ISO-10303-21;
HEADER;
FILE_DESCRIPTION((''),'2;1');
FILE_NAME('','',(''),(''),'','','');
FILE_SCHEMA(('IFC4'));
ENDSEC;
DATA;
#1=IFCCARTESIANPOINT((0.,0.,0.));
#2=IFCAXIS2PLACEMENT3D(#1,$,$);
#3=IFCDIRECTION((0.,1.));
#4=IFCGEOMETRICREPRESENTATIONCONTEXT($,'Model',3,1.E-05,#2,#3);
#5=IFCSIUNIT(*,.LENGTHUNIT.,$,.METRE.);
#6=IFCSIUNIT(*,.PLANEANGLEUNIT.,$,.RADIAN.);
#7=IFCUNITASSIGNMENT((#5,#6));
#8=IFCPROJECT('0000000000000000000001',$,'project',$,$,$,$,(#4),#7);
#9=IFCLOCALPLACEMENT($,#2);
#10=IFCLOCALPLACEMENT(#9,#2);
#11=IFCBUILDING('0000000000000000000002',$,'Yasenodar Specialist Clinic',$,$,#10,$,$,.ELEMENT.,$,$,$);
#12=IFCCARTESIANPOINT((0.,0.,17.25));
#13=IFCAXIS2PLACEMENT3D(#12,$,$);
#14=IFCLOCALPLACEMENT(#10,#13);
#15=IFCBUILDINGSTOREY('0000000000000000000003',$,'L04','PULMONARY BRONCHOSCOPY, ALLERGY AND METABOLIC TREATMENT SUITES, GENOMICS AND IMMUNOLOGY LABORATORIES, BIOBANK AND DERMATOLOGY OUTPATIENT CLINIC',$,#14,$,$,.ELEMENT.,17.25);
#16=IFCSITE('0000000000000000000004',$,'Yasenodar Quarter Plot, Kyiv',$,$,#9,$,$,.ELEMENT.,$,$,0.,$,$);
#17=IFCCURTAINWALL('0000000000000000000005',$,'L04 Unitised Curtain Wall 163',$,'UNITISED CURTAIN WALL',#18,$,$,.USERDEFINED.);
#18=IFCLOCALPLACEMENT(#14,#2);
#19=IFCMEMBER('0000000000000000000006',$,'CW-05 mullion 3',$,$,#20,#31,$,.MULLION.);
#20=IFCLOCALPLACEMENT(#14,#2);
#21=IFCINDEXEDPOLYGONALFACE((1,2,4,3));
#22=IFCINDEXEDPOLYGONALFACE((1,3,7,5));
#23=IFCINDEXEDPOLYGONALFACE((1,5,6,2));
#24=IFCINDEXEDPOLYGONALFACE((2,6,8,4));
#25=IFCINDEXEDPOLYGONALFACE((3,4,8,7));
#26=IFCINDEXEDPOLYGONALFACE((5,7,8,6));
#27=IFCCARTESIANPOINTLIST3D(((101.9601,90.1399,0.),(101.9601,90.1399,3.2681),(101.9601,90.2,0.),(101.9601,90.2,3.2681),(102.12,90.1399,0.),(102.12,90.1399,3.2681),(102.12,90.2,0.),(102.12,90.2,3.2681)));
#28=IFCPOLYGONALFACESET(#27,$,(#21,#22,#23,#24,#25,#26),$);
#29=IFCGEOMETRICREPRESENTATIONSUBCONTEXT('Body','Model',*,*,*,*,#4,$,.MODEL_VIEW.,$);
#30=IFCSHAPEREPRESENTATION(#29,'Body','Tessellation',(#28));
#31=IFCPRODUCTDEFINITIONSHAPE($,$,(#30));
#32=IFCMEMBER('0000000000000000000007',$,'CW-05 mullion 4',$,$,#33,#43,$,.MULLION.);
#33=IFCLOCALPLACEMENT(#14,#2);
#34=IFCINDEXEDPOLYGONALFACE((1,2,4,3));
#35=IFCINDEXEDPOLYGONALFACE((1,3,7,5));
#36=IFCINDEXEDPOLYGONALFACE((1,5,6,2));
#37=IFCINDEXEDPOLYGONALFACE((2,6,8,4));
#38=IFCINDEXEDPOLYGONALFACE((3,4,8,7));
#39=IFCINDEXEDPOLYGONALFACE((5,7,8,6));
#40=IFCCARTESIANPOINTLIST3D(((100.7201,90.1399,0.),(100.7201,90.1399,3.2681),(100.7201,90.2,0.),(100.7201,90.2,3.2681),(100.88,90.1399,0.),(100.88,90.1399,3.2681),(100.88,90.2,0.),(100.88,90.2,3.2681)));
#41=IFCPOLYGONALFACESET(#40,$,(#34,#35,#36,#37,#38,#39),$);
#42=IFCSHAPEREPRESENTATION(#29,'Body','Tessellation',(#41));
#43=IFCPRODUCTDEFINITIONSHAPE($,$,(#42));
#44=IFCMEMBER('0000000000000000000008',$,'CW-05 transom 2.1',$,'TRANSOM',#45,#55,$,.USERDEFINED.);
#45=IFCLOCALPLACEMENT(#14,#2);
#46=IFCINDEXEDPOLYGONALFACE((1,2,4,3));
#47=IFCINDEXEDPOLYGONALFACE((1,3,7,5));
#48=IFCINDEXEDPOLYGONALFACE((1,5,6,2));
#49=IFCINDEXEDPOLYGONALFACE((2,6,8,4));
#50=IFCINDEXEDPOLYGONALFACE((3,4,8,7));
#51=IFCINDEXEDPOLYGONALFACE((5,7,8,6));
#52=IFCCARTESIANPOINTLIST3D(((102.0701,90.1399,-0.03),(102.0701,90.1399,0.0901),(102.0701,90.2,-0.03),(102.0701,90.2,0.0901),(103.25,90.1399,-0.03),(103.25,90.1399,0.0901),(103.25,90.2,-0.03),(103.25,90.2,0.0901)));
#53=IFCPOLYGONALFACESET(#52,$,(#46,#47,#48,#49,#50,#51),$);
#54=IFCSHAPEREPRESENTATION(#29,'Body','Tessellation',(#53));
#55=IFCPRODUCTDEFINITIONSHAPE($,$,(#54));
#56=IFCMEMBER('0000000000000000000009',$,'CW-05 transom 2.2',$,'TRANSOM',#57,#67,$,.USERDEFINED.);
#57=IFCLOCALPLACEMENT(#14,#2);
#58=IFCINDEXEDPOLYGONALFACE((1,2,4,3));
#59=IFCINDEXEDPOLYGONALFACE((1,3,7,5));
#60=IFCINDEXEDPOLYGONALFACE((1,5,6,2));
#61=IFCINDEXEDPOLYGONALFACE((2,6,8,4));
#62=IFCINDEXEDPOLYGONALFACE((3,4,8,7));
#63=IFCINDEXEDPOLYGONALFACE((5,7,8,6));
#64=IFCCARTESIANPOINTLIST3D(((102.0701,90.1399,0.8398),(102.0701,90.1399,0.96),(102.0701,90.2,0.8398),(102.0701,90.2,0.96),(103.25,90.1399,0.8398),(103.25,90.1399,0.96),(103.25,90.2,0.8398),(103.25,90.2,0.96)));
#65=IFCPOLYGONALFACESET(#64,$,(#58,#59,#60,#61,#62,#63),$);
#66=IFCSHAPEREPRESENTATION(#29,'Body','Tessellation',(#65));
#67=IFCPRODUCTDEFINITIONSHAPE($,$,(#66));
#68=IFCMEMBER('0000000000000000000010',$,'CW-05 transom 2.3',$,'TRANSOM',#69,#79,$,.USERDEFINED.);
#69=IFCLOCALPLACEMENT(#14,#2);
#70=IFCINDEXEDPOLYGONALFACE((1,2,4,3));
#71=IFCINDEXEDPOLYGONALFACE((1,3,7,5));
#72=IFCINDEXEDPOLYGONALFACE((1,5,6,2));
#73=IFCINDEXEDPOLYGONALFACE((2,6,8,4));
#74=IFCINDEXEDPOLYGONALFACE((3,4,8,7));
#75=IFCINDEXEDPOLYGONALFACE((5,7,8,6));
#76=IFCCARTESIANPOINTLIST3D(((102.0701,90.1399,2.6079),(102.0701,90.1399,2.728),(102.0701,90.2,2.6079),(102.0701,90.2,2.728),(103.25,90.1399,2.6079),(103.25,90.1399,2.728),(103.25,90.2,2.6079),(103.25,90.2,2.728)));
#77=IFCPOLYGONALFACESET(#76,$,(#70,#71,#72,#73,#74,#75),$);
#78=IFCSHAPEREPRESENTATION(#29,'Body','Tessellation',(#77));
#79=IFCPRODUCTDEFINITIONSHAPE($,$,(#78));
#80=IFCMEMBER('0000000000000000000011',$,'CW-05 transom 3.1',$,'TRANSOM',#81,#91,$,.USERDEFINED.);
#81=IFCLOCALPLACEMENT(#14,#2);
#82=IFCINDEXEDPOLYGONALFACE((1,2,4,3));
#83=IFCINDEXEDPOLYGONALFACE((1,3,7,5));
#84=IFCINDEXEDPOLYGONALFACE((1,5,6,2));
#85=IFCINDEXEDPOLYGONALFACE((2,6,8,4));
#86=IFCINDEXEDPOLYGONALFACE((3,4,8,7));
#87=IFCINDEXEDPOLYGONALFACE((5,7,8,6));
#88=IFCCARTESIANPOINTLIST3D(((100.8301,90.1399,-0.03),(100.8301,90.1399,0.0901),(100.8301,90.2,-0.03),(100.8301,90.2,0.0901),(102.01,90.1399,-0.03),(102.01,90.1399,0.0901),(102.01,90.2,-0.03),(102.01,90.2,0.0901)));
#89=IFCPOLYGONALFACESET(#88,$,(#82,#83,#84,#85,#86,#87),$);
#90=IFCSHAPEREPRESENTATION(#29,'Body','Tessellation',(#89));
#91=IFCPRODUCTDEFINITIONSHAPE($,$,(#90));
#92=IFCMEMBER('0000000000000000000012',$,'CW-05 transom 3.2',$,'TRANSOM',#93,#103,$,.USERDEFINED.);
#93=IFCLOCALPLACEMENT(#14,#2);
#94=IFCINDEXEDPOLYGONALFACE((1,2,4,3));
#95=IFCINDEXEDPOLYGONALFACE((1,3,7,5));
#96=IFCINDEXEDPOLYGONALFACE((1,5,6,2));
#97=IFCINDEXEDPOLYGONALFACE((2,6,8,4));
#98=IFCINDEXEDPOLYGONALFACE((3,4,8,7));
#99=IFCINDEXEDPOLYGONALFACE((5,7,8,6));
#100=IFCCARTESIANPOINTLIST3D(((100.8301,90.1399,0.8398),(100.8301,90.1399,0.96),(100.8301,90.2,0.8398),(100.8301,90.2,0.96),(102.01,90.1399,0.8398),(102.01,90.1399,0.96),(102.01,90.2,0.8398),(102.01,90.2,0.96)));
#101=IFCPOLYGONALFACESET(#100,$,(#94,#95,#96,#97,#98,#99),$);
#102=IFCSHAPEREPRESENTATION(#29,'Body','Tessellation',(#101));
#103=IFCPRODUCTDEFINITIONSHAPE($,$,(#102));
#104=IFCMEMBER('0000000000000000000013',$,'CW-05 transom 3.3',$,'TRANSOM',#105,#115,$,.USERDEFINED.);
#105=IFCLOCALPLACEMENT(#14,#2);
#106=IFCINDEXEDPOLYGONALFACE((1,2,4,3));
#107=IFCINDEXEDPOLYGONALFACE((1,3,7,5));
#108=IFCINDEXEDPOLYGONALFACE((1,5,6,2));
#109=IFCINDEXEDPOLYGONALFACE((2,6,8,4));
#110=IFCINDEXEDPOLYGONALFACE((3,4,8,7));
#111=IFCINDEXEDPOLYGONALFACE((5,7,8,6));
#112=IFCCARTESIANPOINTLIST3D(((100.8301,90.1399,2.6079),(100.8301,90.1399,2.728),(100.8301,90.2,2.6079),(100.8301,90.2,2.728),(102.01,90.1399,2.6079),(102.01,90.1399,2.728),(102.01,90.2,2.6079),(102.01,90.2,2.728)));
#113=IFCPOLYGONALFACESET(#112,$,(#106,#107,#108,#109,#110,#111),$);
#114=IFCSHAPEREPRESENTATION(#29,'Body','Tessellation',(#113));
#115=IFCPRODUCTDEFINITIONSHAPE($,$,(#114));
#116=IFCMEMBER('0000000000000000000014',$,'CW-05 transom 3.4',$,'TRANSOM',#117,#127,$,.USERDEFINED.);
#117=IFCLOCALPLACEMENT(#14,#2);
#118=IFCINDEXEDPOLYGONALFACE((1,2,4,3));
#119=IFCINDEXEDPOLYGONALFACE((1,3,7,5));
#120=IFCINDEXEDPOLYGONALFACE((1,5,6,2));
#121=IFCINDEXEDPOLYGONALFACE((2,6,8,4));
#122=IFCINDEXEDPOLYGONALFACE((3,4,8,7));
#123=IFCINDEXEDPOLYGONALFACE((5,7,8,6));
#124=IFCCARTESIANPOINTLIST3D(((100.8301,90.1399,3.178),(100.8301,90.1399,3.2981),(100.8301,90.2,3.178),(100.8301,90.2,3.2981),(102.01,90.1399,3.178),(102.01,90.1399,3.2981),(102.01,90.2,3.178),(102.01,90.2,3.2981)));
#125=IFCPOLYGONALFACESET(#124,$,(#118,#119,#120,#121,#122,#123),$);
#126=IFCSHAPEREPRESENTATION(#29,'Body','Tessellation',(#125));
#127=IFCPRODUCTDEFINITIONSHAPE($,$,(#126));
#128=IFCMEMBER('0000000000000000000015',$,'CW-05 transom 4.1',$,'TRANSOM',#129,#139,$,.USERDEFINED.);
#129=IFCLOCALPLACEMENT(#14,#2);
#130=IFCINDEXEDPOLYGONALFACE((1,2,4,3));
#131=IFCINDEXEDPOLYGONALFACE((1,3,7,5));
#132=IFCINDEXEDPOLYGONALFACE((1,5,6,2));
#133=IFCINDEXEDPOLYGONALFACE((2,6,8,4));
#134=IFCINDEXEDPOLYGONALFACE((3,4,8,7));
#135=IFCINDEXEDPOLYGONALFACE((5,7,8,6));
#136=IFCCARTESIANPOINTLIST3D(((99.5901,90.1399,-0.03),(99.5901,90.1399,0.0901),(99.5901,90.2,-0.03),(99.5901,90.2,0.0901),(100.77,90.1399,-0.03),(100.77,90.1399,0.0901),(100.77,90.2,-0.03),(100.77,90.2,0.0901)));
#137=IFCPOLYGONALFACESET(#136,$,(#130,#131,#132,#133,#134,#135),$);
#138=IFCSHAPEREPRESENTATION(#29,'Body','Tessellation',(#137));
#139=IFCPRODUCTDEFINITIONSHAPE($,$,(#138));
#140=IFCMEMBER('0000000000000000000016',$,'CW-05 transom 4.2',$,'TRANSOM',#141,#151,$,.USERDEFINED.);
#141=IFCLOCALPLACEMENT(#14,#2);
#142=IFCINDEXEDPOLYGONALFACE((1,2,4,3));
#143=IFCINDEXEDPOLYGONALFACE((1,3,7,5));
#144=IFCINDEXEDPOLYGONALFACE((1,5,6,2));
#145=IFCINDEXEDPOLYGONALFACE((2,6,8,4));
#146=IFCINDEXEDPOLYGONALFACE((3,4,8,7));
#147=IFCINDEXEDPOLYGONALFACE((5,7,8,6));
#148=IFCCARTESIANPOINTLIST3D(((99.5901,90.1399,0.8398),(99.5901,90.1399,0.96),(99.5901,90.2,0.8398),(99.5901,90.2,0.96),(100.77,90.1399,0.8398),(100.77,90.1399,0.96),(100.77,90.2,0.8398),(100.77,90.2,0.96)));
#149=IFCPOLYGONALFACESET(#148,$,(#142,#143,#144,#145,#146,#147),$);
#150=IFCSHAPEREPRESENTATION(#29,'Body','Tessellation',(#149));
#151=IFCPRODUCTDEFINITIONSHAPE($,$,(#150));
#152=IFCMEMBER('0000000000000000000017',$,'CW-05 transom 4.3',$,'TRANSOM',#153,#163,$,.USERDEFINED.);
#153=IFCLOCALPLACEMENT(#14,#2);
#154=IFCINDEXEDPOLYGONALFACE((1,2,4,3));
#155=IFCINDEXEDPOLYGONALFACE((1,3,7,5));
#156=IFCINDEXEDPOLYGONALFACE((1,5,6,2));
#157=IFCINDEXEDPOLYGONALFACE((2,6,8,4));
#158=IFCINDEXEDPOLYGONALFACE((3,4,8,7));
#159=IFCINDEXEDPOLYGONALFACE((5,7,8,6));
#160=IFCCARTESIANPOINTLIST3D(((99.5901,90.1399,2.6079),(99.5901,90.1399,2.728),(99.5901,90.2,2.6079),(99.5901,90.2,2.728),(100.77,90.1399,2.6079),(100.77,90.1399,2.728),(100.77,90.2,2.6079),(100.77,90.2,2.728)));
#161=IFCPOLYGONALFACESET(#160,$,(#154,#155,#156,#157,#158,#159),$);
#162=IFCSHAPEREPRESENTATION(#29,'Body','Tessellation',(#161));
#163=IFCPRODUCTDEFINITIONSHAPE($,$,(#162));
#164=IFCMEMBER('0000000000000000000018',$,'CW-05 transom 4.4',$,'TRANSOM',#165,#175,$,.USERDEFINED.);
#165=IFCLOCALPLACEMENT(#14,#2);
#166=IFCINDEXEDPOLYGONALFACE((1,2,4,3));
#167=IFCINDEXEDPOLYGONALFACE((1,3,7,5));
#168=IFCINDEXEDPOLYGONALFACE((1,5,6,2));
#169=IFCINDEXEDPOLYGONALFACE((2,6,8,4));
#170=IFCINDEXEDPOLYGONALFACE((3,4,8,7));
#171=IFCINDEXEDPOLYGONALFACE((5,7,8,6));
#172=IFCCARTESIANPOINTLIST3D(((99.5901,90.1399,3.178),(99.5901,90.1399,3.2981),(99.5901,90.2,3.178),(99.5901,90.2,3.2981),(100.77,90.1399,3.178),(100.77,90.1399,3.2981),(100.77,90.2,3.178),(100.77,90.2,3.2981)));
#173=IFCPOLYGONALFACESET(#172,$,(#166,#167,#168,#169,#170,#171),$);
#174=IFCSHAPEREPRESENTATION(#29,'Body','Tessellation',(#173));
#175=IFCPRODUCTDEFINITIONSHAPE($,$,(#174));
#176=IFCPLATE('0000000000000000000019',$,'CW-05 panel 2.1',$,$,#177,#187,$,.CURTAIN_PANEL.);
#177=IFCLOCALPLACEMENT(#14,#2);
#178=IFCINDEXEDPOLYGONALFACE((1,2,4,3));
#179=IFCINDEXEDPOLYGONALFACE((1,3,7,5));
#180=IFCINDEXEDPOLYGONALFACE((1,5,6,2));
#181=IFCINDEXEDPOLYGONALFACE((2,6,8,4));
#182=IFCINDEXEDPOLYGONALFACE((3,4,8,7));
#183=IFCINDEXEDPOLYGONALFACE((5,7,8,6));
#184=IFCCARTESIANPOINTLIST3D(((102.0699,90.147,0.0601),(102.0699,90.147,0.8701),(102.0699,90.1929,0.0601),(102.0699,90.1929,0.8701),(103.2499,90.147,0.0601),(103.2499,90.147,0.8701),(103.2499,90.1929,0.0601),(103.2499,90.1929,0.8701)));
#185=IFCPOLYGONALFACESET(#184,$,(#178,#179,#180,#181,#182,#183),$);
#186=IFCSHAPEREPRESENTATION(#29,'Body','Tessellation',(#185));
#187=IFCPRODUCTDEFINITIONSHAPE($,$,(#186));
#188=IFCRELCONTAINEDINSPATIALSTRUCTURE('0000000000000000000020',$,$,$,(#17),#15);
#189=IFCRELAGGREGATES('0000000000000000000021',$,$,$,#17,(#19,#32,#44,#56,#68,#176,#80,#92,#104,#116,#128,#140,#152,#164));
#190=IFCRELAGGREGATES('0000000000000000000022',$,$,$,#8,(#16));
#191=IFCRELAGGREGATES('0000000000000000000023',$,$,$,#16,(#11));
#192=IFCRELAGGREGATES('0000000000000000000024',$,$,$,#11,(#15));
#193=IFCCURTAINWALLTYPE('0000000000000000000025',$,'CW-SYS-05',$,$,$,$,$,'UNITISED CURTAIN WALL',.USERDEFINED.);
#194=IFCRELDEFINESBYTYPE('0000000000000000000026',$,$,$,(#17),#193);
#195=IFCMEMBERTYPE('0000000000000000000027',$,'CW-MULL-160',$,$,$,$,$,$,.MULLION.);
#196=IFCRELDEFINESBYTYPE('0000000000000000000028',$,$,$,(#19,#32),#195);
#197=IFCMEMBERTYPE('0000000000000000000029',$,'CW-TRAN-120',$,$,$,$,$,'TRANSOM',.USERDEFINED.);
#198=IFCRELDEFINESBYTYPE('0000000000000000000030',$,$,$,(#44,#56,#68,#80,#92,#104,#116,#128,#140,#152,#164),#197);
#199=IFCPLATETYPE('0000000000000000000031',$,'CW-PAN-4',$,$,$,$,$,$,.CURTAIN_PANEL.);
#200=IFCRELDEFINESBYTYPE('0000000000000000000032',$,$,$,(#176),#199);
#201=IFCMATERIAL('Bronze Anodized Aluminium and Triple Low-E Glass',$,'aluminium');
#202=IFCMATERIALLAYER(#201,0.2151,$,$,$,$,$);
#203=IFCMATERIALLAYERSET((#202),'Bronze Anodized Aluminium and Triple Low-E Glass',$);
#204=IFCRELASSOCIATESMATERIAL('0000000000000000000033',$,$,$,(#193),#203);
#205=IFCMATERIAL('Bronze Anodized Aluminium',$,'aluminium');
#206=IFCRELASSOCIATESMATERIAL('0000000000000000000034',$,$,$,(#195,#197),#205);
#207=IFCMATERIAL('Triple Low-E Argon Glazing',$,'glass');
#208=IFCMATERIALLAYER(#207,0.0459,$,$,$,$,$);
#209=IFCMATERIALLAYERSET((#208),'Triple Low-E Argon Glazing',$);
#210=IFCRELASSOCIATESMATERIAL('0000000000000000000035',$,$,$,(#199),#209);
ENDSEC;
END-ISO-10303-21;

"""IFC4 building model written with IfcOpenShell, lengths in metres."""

from ifc_helpers import new_model, si_unit, direction, frame, origin, origin_2d, place, context, subcontext, project, spatial, rectangle, extrude, material, layer, layer_set, material_profile, profile_set, type_object, element, aggregate, save


model = new_model("IFC4")

# Units and contexts
model_context = context("Model", 3, precision=1e-05, world=origin(), true_north=direction((0.0, 1.0)))
body_context = subcontext(model_context, "Body", "Model", "MODEL_VIEW")
ifc_project = project(units=[si_unit("LENGTHUNIT", "METRE"), si_unit("PLANEANGLEUNIT", "RADIAN")], contexts=[model_context])

# Site, building, storey
site_placement = place(None, origin())
site = spatial("IfcSite", under=ifc_project, at=site_placement, Name="Yasenodar Quarter Plot, Kyiv", CompositionType="ELEMENT", RefElevation=0.0)
building_placement = place(site_placement, origin())
building = spatial("IfcBuilding", under=site, at=building_placement, Name="Yasenodar Specialist Clinic", CompositionType="ELEMENT")
storey_placement = place(building_placement, frame((0.0, 0.0, 17.25)))
storey = spatial("IfcBuildingStorey", under=building, at=storey_placement, Name="L04", Description="PULMONARY BRONCHOSCOPY, ALLERGY AND METABOLIC TREATMENT SUITES, GENOMICS AND IMMUNOLOGY LABORATORIES, BIOBANK AND DERMATOLOGY OUTPATIENT CLINIC", CompositionType="ELEMENT", Elevation=17.25)

# Curtain wall, members, plate
ifc_material_1 = material(Name="Bronze Anodized Aluminium and Triple Low-E Glass", Category="aluminium")
ifc_layer_1 = layer(ifc_material_1, 0.2151)
ifc_layer_set_1 = layer_set([ifc_layer_1], Name="Bronze Anodized Aluminium and Triple Low-E Glass")
curtain_wall_type = type_object("IfcCurtainWallType", Name="CW-SYS-05", ElementType="UNITISED CURTAIN WALL", PredefinedType="USERDEFINED", material=ifc_layer_set_1)
curtain_wall_placement = place(storey_placement, origin())
curtain_wall = element("IfcCurtainWall", 1, at=curtain_wall_placement, inside=storey, type_object=curtain_wall_type, Name="L04 Unitised Curtain Wall 163", ObjectType="UNITISED CURTAIN WALL", PredefinedType="USERDEFINED")
ifc_material_2 = material(Name="Bronze Anodized Aluminium", Category="aluminium")
ifc_material_profile_1 = material_profile(ifc_material_2, rectangle(XDim=0.0601, YDim=0.1599, at=origin_2d()), Name="CW-MULL 60x160")
ifc_profile_set_1 = profile_set([ifc_material_profile_1], Name="Bronze Anodized Aluminium")
member_type_1 = type_object("IfcMemberType", Name="CW-MULL-160", PredefinedType="MULLION", material=ifc_profile_set_1)
member_1_placement = place(storey_placement, frame((102.04, 90.1699, 0.0), z_axis=(0.0, 0.0, 1.0), x_axis=(0.0, -1.0, 0.0)))
member_1 = element("IfcMember", 2, at=member_1_placement, type_object=member_type_1, Name="CW-05 mullion 3", PredefinedType="MULLION", context=body_context, shape_type="SweptSolid", body=[
    extrude(rectangle(XDim=0.0601, YDim=0.1599, at=origin_2d()), origin(), (0.0, 0.0, 1.0), 3.2681),
])
member_2_placement = place(storey_placement, frame((100.8, 90.1699, 0.0), z_axis=(0.0, 0.0, 1.0), x_axis=(0.0, -1.0, 0.0)))
member_2 = element("IfcMember", 3, at=member_2_placement, type_object=member_type_1, Name="CW-05 mullion 4", PredefinedType="MULLION", context=body_context, shape_type="SweptSolid", body=[
    extrude(rectangle(XDim=0.0601, YDim=0.1599, at=origin_2d()), origin(), (0.0, 0.0, 1.0), 3.2681),
])
ifc_material_profile_2 = material_profile(ifc_material_2, rectangle(XDim=0.0601, YDim=0.1201, at=origin_2d()), Name="CW-TRAN 60x120")
ifc_profile_set_2 = profile_set([ifc_material_profile_2], Name="Bronze Anodized Aluminium")
member_type_2 = type_object("IfcMemberType", Name="CW-TRAN-120", ElementType="TRANSOM", PredefinedType="USERDEFINED", material=ifc_profile_set_2)
member_3_placement = place(storey_placement, frame((103.25, 90.1699, 0.03), z_axis=(-1.0, 0.0, 0.0), x_axis=(0.0, -1.0, 0.0)))
member_3 = element("IfcMember", 4, at=member_3_placement, type_object=member_type_2, Name="CW-05 transom 2.1", ObjectType="TRANSOM", PredefinedType="USERDEFINED", context=body_context, shape_type="SweptSolid", body=[
    extrude(rectangle(XDim=0.0601, YDim=0.1201, at=origin_2d()), origin(), (0.0, 0.0, 1.0), 1.1799),
])
member_4_placement = place(storey_placement, frame((103.25, 90.1699, 0.8999), z_axis=(-1.0, 0.0, 0.0), x_axis=(0.0, -1.0, 0.0)))
member_4 = element("IfcMember", 5, at=member_4_placement, type_object=member_type_2, Name="CW-05 transom 2.2", ObjectType="TRANSOM", PredefinedType="USERDEFINED", context=body_context, shape_type="SweptSolid", body=[
    extrude(rectangle(XDim=0.0601, YDim=0.1201, at=origin_2d()), origin(), (0.0, 0.0, 1.0), 1.1799),
])
member_5_placement = place(storey_placement, frame((103.25, 90.1699, 2.668), z_axis=(-1.0, 0.0, 0.0), x_axis=(0.0, -1.0, 0.0)))
member_5 = element("IfcMember", 6, at=member_5_placement, type_object=member_type_2, Name="CW-05 transom 2.3", ObjectType="TRANSOM", PredefinedType="USERDEFINED", context=body_context, shape_type="SweptSolid", body=[
    extrude(rectangle(XDim=0.0601, YDim=0.1201, at=origin_2d()), origin(), (0.0, 0.0, 1.0), 1.1799),
])
member_6_placement = place(storey_placement, frame((102.01, 90.1699, 0.03), z_axis=(-1.0, 0.0, 0.0), x_axis=(0.0, -1.0, 0.0)))
member_6 = element("IfcMember", 7, at=member_6_placement, type_object=member_type_2, Name="CW-05 transom 3.1", ObjectType="TRANSOM", PredefinedType="USERDEFINED", context=body_context, shape_type="SweptSolid", body=[
    extrude(rectangle(XDim=0.0601, YDim=0.1201, at=origin_2d()), origin(), (0.0, 0.0, 1.0), 1.1799),
])
member_7_placement = place(storey_placement, frame((102.01, 90.1699, 0.8999), z_axis=(-1.0, 0.0, 0.0), x_axis=(0.0, -1.0, 0.0)))
member_7 = element("IfcMember", 8, at=member_7_placement, type_object=member_type_2, Name="CW-05 transom 3.2", ObjectType="TRANSOM", PredefinedType="USERDEFINED", context=body_context, shape_type="SweptSolid", body=[
    extrude(rectangle(XDim=0.0601, YDim=0.1201, at=origin_2d()), origin(), (0.0, 0.0, 1.0), 1.1799),
])
member_8_placement = place(storey_placement, frame((102.01, 90.1699, 2.668), z_axis=(-1.0, 0.0, 0.0), x_axis=(0.0, -1.0, 0.0)))
member_8 = element("IfcMember", 9, at=member_8_placement, type_object=member_type_2, Name="CW-05 transom 3.3", ObjectType="TRANSOM", PredefinedType="USERDEFINED", context=body_context, shape_type="SweptSolid", body=[
    extrude(rectangle(XDim=0.0601, YDim=0.1201, at=origin_2d()), origin(), (0.0, 0.0, 1.0), 1.1799),
])
member_9_placement = place(storey_placement, frame((102.01, 90.1699, 3.238), z_axis=(-1.0, 0.0, 0.0), x_axis=(0.0, -1.0, 0.0)))
member_9 = element("IfcMember", 10, at=member_9_placement, type_object=member_type_2, Name="CW-05 transom 3.4", ObjectType="TRANSOM", PredefinedType="USERDEFINED", context=body_context, shape_type="SweptSolid", body=[
    extrude(rectangle(XDim=0.0601, YDim=0.1201, at=origin_2d()), origin(), (0.0, 0.0, 1.0), 1.1799),
])
member_10_placement = place(storey_placement, frame((100.77, 90.1699, 0.03), z_axis=(-1.0, 0.0, 0.0), x_axis=(0.0, -1.0, 0.0)))
member_10 = element("IfcMember", 11, at=member_10_placement, type_object=member_type_2, Name="CW-05 transom 4.1", ObjectType="TRANSOM", PredefinedType="USERDEFINED", context=body_context, shape_type="SweptSolid", body=[
    extrude(rectangle(XDim=0.0601, YDim=0.1201, at=origin_2d()), origin(), (0.0, 0.0, 1.0), 1.1799),
])
member_11_placement = place(storey_placement, frame((100.77, 90.1699, 0.8999), z_axis=(-1.0, 0.0, 0.0), x_axis=(0.0, -1.0, 0.0)))
member_11 = element("IfcMember", 12, at=member_11_placement, type_object=member_type_2, Name="CW-05 transom 4.2", ObjectType="TRANSOM", PredefinedType="USERDEFINED", context=body_context, shape_type="SweptSolid", body=[
    extrude(rectangle(XDim=0.0601, YDim=0.1201, at=origin_2d()), origin(), (0.0, 0.0, 1.0), 1.1799),
])
member_12_placement = place(storey_placement, frame((100.77, 90.1699, 2.668), z_axis=(-1.0, 0.0, 0.0), x_axis=(0.0, -1.0, 0.0)))
member_12 = element("IfcMember", 13, at=member_12_placement, type_object=member_type_2, Name="CW-05 transom 4.3", ObjectType="TRANSOM", PredefinedType="USERDEFINED", context=body_context, shape_type="SweptSolid", body=[
    extrude(rectangle(XDim=0.0601, YDim=0.1201, at=origin_2d()), origin(), (0.0, 0.0, 1.0), 1.1799),
])
member_13_placement = place(storey_placement, frame((100.77, 90.1699, 3.238), z_axis=(-1.0, 0.0, 0.0), x_axis=(0.0, -1.0, 0.0)))
member_13 = element("IfcMember", 14, at=member_13_placement, type_object=member_type_2, Name="CW-05 transom 4.4", ObjectType="TRANSOM", PredefinedType="USERDEFINED", context=body_context, shape_type="SweptSolid", body=[
    extrude(rectangle(XDim=0.0601, YDim=0.1201, at=origin_2d()), origin(), (0.0, 0.0, 1.0), 1.1799),
])
ifc_material_3 = material(Name="Triple Low-E Argon Glazing", Category="glass")
ifc_layer_2 = layer(ifc_material_3, 0.0459)
ifc_layer_set_2 = layer_set([ifc_layer_2], Name="Triple Low-E Argon Glazing")
plate_type_1 = type_object("IfcPlateType", Name="CW-PAN-4", PredefinedType="CURTAIN_PANEL", material=ifc_layer_set_2)
plate_1_placement = place(storey_placement, frame((102.6599, 90.1699, 0.0601), z_axis=(0.0, 0.0, 1.0), x_axis=(-1.0, 0.0, 0.0)))
plate_1 = element("IfcPlate", 15, at=plate_1_placement, type_object=plate_type_1, Name="CW-05 panel 2.1", PredefinedType="CURTAIN_PANEL", context=body_context, shape_type="SweptSolid", body=[
    extrude(rectangle(XDim=1.1799, YDim=0.0459, at=origin_2d()), origin(), (0.0, 0.0, 1.0), 0.8101),
])
aggregate(curtain_wall, [member_1, member_2, member_3, member_4, member_5, plate_1, member_6, member_7, member_8, member_9, member_10, member_11, member_12, member_13])

save(model, "model.ifc")
